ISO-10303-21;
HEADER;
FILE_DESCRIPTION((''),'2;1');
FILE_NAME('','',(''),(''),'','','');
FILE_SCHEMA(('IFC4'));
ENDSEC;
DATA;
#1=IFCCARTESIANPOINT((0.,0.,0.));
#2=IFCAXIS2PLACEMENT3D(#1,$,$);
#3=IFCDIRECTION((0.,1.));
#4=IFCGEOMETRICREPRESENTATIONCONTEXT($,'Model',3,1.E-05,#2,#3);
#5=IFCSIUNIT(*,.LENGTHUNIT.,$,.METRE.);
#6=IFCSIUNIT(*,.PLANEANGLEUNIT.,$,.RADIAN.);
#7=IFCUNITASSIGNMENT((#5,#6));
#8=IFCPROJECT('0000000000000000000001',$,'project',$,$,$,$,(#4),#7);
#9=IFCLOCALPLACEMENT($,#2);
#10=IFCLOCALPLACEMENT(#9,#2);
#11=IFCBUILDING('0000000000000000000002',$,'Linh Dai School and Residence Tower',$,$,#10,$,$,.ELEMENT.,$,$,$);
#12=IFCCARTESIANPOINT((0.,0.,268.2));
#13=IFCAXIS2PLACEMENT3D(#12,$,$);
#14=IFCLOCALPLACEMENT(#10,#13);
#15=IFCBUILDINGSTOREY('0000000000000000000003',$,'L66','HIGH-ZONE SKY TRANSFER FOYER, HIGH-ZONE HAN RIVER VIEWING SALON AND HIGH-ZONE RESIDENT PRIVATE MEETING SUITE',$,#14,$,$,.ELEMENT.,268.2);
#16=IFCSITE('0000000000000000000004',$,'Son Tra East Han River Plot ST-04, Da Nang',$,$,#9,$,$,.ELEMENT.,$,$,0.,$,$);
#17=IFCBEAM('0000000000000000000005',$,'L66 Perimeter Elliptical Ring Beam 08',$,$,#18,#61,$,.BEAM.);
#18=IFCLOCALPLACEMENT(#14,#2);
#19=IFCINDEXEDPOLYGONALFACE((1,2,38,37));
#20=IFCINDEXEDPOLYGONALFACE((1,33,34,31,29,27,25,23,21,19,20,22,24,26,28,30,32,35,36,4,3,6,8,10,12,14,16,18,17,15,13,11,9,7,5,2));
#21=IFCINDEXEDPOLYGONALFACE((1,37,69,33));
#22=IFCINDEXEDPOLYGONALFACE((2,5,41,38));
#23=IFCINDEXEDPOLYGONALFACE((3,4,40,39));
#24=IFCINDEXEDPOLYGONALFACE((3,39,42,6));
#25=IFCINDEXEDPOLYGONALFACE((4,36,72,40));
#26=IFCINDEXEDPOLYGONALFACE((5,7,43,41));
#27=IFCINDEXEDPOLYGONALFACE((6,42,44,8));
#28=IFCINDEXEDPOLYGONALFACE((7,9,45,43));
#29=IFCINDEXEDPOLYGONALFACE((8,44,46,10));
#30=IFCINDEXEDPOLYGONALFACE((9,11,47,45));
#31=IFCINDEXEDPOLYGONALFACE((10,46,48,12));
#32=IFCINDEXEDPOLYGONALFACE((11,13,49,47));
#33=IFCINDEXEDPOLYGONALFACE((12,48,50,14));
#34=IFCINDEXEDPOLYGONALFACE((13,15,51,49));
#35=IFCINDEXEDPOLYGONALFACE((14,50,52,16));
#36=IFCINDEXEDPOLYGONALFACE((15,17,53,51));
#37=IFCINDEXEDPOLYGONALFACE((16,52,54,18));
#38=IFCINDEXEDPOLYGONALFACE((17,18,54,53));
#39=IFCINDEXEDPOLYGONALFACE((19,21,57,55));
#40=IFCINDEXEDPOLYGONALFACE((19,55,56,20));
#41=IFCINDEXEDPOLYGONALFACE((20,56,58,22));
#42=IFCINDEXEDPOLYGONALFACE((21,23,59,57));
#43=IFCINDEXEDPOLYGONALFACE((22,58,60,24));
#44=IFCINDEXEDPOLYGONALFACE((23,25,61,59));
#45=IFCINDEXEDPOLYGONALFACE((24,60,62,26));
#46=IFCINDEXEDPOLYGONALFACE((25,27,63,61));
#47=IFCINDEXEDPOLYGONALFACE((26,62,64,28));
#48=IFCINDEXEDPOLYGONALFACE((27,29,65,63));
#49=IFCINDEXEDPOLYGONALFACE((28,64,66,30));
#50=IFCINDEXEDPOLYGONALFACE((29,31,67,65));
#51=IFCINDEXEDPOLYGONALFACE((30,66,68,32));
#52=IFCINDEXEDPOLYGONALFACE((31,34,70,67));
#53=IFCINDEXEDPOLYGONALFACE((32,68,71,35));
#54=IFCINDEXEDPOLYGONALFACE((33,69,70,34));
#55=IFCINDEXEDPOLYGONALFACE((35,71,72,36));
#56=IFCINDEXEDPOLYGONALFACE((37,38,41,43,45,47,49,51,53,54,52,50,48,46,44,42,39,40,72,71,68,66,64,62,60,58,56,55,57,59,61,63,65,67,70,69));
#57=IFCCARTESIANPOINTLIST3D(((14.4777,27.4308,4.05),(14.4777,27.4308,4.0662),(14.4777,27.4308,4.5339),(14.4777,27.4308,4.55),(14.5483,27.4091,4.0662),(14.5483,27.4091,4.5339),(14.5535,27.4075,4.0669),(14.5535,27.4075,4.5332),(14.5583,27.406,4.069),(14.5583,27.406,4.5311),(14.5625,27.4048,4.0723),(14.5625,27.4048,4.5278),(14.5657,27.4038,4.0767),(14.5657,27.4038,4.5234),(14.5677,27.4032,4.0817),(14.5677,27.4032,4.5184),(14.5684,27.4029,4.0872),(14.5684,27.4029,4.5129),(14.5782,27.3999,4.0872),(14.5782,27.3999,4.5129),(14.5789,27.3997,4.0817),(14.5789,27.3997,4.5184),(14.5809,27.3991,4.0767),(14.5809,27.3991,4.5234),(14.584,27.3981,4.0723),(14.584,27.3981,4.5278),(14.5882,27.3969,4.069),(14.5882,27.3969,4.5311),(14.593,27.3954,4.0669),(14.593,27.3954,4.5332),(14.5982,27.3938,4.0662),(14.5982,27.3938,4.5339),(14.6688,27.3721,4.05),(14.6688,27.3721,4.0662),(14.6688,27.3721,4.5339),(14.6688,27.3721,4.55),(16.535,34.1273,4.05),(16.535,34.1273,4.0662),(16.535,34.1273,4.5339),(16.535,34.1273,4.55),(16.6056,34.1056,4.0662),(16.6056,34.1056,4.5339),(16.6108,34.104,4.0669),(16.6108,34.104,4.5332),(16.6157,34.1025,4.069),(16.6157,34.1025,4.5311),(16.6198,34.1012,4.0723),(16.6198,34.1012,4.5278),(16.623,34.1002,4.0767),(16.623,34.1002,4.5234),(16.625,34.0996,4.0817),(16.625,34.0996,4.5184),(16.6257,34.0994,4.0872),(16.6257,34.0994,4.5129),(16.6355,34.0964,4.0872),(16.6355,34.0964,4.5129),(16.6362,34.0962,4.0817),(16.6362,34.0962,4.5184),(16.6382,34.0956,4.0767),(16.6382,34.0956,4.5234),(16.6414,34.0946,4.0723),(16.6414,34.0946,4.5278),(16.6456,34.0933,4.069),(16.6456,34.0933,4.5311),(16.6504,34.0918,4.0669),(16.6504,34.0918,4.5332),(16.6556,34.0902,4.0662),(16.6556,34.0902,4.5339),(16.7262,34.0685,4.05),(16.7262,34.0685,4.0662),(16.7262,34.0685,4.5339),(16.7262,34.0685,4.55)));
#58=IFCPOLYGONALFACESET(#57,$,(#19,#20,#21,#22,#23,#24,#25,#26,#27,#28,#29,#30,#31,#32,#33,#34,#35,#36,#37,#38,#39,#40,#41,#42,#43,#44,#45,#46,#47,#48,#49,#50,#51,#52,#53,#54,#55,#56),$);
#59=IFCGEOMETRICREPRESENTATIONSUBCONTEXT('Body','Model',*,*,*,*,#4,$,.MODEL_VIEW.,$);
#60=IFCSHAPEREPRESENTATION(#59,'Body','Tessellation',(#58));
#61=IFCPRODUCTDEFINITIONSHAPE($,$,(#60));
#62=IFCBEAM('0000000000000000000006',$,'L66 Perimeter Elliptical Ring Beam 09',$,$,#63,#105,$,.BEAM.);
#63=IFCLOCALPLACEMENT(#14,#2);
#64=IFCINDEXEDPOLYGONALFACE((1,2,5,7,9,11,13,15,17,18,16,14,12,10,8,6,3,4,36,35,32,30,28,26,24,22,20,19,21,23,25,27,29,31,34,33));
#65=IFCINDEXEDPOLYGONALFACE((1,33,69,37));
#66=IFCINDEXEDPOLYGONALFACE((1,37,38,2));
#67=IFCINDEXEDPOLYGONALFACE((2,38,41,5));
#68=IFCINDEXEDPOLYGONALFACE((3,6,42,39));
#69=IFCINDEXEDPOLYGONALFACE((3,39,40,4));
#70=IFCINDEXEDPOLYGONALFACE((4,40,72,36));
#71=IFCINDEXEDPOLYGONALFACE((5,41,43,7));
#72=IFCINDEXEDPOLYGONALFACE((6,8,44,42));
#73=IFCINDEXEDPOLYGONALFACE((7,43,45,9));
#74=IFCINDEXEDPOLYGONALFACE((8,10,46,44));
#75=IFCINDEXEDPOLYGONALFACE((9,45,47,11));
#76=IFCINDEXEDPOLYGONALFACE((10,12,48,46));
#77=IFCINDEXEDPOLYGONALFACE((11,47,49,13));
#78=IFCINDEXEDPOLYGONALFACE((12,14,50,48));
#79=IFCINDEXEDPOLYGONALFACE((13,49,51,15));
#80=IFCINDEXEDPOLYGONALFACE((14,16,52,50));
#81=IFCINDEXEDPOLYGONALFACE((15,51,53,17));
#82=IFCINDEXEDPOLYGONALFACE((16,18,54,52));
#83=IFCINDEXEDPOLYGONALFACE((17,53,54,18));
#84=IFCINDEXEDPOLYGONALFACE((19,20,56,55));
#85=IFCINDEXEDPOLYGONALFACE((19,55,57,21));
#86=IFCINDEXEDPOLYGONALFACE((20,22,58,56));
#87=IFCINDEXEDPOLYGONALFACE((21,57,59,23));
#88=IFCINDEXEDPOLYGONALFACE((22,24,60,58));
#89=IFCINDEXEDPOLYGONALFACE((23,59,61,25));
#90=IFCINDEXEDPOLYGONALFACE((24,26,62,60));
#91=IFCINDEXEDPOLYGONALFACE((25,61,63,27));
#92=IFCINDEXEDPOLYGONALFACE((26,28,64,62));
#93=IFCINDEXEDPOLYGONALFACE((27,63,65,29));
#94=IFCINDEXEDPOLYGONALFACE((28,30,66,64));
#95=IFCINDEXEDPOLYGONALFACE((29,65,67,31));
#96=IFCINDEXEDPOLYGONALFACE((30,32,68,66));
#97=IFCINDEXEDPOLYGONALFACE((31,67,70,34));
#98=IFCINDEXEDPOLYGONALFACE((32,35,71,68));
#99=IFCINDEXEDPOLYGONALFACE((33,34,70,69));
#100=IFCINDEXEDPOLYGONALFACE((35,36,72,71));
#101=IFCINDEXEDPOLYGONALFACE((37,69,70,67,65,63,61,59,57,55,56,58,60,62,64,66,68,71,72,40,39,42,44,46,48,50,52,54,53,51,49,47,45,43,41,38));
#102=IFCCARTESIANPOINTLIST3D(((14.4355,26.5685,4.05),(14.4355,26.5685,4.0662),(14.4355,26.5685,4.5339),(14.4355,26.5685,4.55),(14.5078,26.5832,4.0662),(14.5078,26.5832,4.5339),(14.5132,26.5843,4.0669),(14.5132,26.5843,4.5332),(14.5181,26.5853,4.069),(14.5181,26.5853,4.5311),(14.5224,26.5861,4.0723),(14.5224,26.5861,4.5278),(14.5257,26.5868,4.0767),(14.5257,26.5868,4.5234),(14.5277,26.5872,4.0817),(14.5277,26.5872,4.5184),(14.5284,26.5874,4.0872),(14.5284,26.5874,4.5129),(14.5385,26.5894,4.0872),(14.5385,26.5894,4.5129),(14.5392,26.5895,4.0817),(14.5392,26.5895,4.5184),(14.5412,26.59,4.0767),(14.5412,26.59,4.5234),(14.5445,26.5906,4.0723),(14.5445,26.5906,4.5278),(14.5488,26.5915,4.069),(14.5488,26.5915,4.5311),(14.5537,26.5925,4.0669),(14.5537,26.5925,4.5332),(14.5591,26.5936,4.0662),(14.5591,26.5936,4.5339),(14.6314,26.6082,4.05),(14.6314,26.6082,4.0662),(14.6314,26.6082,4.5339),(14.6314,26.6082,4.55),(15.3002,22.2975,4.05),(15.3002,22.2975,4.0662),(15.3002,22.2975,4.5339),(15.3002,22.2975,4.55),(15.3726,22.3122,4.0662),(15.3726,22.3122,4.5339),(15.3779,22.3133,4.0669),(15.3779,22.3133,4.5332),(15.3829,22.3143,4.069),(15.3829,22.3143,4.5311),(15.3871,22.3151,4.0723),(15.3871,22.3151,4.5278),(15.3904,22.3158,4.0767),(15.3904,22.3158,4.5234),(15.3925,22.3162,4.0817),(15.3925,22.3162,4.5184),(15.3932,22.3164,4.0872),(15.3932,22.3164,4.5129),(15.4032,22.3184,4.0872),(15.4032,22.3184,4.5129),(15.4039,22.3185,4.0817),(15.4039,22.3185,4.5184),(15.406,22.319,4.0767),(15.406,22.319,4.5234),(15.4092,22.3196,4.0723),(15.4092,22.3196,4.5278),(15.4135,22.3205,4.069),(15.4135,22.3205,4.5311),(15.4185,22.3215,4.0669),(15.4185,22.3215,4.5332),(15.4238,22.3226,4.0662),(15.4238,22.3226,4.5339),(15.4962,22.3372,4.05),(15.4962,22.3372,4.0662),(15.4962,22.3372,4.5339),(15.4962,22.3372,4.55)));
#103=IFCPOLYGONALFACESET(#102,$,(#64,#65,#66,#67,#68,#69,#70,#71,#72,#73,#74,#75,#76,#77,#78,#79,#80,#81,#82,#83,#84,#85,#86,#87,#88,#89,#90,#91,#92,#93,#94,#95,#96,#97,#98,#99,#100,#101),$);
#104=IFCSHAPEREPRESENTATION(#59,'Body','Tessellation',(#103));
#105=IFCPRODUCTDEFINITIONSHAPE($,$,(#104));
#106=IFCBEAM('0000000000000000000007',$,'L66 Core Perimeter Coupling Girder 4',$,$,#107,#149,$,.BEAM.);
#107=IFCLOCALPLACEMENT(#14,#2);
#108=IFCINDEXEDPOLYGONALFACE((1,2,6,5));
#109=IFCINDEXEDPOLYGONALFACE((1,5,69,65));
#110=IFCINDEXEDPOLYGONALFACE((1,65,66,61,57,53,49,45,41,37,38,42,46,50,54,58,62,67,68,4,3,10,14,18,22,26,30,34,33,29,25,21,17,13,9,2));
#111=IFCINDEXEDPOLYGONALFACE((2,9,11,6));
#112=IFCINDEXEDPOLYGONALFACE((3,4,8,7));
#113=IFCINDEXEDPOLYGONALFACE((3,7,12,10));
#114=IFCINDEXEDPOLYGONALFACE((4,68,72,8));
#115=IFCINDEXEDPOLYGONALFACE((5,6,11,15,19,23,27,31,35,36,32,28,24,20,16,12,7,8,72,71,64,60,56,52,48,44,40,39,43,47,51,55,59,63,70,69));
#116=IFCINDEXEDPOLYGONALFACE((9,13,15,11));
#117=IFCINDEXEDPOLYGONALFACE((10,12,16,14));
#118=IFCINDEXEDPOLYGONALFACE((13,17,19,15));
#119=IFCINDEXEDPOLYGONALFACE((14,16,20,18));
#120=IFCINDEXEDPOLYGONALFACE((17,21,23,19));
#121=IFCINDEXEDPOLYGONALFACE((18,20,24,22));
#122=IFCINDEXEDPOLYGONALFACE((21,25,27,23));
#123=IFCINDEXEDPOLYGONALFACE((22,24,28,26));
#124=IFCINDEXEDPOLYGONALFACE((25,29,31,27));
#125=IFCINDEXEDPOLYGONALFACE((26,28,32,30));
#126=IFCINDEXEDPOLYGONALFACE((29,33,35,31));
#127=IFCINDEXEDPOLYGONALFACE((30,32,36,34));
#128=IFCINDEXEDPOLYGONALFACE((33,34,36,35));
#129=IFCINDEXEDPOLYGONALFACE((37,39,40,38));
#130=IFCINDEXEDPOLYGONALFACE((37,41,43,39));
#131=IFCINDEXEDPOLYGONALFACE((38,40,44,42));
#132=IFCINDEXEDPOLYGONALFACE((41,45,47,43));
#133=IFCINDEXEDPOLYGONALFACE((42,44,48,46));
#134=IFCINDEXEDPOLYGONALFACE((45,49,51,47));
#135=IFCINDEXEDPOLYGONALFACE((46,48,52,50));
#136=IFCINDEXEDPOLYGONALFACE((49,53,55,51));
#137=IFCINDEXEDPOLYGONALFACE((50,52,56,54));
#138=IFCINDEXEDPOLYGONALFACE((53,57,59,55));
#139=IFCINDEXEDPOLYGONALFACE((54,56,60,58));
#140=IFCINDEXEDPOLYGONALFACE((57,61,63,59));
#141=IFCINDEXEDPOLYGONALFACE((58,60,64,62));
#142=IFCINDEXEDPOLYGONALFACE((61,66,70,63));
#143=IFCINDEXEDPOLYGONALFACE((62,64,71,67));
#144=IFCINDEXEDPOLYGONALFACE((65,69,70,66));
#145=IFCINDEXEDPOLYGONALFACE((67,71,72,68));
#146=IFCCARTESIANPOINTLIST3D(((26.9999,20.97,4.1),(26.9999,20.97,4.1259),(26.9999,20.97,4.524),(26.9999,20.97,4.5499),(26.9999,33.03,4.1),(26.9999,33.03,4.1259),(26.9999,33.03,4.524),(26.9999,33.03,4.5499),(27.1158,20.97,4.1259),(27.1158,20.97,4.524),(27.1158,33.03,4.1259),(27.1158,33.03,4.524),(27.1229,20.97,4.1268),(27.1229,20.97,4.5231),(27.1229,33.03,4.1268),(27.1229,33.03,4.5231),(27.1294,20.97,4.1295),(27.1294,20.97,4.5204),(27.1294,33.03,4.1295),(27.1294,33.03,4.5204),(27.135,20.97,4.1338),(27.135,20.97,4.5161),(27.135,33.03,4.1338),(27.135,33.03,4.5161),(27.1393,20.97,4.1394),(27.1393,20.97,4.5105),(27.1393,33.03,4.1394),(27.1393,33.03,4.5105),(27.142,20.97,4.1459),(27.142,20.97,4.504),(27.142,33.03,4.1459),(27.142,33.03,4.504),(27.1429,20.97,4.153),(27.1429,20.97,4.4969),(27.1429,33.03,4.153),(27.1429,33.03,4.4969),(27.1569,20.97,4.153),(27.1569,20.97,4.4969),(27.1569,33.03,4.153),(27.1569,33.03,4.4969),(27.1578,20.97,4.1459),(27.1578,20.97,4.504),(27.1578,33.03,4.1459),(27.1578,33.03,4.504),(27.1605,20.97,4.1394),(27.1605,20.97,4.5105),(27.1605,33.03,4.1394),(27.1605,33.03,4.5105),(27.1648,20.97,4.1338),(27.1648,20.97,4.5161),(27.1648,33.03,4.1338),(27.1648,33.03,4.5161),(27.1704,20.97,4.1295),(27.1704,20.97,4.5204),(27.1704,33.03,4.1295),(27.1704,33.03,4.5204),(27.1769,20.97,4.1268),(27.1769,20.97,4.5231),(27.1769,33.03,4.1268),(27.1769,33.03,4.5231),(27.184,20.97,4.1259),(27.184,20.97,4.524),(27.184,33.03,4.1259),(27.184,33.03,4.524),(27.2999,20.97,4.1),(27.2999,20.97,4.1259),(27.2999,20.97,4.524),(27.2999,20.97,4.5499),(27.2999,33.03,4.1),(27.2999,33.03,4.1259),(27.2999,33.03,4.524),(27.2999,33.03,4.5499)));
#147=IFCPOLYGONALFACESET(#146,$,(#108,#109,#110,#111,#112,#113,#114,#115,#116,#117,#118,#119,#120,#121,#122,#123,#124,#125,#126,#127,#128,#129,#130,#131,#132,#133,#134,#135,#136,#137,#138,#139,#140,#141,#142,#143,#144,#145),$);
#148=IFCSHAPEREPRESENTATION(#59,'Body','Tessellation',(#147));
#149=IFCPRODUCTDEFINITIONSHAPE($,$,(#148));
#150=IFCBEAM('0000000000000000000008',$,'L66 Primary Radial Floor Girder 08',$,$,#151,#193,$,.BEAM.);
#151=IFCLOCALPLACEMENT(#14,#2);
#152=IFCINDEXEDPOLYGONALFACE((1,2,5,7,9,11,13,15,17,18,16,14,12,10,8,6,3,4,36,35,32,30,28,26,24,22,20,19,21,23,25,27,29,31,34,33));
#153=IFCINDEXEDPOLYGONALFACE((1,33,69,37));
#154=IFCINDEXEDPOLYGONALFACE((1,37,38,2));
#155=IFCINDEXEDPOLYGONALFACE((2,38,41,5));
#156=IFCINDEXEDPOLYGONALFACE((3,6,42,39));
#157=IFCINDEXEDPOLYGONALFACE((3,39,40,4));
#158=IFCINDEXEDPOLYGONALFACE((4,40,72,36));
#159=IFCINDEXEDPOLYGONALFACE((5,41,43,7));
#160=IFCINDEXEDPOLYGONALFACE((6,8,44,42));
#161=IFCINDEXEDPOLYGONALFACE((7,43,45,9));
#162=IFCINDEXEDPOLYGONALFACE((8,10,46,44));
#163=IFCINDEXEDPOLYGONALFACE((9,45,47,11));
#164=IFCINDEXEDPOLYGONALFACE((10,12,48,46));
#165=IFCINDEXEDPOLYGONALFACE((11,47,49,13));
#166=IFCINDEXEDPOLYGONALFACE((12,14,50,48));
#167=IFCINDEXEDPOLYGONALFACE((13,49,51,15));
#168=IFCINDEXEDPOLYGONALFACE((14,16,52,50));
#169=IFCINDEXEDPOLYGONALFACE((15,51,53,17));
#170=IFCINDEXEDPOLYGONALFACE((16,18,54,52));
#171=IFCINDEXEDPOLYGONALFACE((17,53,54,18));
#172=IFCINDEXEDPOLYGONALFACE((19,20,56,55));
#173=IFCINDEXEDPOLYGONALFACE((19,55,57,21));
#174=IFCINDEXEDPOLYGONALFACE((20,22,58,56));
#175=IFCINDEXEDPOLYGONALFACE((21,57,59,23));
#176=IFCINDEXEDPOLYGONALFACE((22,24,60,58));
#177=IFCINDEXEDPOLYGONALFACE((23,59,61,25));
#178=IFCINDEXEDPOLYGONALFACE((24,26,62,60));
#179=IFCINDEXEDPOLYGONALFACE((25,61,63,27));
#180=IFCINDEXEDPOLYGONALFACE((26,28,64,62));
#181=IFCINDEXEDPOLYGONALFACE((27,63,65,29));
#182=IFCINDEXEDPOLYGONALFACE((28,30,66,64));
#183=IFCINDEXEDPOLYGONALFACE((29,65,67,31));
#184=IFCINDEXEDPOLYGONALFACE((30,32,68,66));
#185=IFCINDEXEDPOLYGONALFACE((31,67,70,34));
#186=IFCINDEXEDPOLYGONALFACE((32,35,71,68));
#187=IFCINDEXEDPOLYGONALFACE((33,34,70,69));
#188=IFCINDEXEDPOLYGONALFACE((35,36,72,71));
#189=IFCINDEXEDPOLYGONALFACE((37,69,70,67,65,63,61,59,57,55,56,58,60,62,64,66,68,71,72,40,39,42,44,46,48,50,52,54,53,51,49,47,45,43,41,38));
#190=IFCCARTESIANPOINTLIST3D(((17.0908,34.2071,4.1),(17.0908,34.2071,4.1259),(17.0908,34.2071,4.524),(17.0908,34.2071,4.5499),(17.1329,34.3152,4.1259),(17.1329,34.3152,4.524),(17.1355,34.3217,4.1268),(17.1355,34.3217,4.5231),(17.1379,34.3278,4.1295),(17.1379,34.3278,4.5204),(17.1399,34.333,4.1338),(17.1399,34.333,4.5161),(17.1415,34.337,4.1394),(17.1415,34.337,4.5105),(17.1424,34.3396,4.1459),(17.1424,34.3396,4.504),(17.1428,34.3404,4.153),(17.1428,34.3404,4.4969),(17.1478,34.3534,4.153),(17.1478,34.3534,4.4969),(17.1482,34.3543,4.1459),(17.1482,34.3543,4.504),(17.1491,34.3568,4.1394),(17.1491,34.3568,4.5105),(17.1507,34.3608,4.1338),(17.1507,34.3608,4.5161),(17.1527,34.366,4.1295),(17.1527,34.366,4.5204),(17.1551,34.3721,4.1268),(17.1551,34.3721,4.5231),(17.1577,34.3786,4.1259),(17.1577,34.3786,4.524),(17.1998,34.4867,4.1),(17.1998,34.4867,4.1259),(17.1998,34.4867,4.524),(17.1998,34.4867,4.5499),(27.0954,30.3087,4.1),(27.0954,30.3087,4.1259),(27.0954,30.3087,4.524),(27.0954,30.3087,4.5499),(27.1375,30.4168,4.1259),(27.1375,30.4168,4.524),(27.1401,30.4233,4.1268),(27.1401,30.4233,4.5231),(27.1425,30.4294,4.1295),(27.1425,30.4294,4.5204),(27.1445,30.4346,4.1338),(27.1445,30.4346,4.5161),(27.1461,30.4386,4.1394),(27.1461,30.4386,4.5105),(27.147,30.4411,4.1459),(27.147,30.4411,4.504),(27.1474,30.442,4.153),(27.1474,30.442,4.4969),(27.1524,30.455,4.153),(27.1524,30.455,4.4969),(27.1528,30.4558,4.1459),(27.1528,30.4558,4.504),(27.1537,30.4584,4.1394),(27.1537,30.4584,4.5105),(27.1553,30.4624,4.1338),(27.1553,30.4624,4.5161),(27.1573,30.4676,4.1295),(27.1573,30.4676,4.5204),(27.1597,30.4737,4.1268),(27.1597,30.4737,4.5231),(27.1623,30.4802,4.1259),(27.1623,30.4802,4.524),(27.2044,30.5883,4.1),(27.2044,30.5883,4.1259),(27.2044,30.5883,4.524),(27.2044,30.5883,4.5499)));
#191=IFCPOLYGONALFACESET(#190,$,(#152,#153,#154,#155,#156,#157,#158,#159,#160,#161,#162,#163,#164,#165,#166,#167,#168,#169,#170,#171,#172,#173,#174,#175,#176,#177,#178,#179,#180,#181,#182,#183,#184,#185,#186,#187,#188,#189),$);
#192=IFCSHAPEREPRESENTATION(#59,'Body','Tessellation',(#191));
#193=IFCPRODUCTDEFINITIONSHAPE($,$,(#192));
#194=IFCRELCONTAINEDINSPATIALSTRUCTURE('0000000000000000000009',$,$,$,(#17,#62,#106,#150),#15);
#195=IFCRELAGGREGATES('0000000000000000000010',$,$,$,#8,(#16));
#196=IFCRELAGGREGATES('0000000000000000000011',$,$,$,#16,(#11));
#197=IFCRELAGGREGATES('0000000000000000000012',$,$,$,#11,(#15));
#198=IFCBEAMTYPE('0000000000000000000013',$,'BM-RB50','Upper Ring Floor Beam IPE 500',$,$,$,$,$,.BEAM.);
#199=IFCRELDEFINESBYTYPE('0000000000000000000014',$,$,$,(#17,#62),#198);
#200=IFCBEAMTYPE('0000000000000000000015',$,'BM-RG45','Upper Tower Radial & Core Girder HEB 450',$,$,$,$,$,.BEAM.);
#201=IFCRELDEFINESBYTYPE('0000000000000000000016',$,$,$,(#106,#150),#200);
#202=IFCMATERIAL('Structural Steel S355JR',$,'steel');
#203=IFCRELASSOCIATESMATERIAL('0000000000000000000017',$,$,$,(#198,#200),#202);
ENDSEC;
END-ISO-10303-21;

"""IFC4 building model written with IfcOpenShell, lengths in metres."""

from ifc_helpers import new_model, si_unit, direction, frame, origin, origin_2d, place, context, subcontext, project, spatial, i_section, extrude, material, material_profile, profile_set, type_object, element, save


model = new_model("IFC4")

# Units and contexts
model_context = context("Model", 3, precision=1e-05, world=origin(), true_north=direction((0.0, 1.0)))
body_context = subcontext(model_context, "Body", "Model", "MODEL_VIEW")
ifc_project = project(units=[si_unit("LENGTHUNIT", "METRE"), si_unit("PLANEANGLEUNIT", "RADIAN")], contexts=[model_context])

# Site, building, storey
site_placement = place(None, origin())
site = spatial("IfcSite", under=ifc_project, at=site_placement, Name="Son Tra East Han River Plot ST-04, Da Nang", CompositionType="ELEMENT", RefElevation=0.0)
building_placement = place(site_placement, origin())
building = spatial("IfcBuilding", under=site, at=building_placement, Name="Linh Dai School and Residence Tower", CompositionType="ELEMENT")
storey_placement = place(building_placement, frame((0.0, 0.0, 268.2)))
storey = spatial("IfcBuildingStorey", under=building, at=storey_placement, Name="L66", Description="HIGH-ZONE SKY TRANSFER FOYER, HIGH-ZONE HAN RIVER VIEWING SALON AND HIGH-ZONE RESIDENT PRIVATE MEETING SUITE", CompositionType="ELEMENT", Elevation=268.2)

# Shared definitions
ifc_material_1 = material(Name="Structural Steel S355JR", Category="steel")

# Beams
ifc_material_profile_1 = material_profile(ifc_material_1, i_section(OverallWidth=0.2, OverallDepth=0.5, WebThickness=0.0103, FlangeThickness=0.0161, FilletRadius=0.021, at=origin_2d()), Name="IPE 500")
ifc_profile_set_1 = profile_set([ifc_material_profile_1], Name="Structural Steel S355JR")
beam_type_1 = type_object("IfcBeamType", Name="BM-RB50", Description="Upper Ring Floor Beam IPE 500", PredefinedType="BEAM", material=ifc_profile_set_1)
beam_1_placement = place(storey_placement, frame((16.6306, 34.0979, 4.3), z_axis=(-0.293682, -0.955903, 0.0), x_axis=(0.955903, -0.293682, 0.0)))
element("IfcBeam", 1, at=beam_1_placement, inside=storey, type_object=beam_type_1, Name="L66 Perimeter Elliptical Ring Beam 08", PredefinedType="BEAM", context=body_context, shape_type="SweptSolid", body=[
    extrude(i_section(OverallWidth=0.2, OverallDepth=0.5, WebThickness=0.0103, FlangeThickness=0.0161, FilletRadius=0.021, at=origin_2d()), origin(), (0.0, 0.0, 1.0), 7.0054),
])
beam_2_placement = place(storey_placement, frame((14.5334, 26.5884, 4.3), z_axis=(0.198443, -0.980112, 0.0), x_axis=(0.980112, 0.198443, 0.0)))
element("IfcBeam", 2, at=beam_2_placement, inside=storey, type_object=beam_type_1, Name="L66 Perimeter Elliptical Ring Beam 09", PredefinedType="BEAM", context=body_context, shape_type="SweptSolid", body=[
    extrude(i_section(OverallWidth=0.2, OverallDepth=0.5, WebThickness=0.0103, FlangeThickness=0.0161, FilletRadius=0.021, at=origin_2d()), origin(), (0.0, 0.0, 1.0), 4.3577),
])
ifc_material_profile_2 = material_profile(ifc_material_1, i_section(OverallWidth=0.3, OverallDepth=0.45, WebThickness=0.0139, FlangeThickness=0.0259, FilletRadius=0.0271, at=origin_2d()), Name="HEB 450")
ifc_profile_set_2 = profile_set([ifc_material_profile_2], Name="Structural Steel S355JR")
beam_type_2 = type_object("IfcBeamType", Name="BM-RG45", Description="Upper Tower Radial & Core Girder HEB 450", PredefinedType="BEAM", material=ifc_profile_set_2)
beam_3_placement = place(storey_placement, frame((27.1499, 33.03, 4.325), z_axis=(0.0, -1.0, 0.0), x_axis=(1.0, 0.0, 0.0)))
element("IfcBeam", 3, at=beam_3_placement, inside=storey, type_object=beam_type_2, Name="L66 Core Perimeter Coupling Girder 4", PredefinedType="BEAM", context=body_context, shape_type="SweptSolid", body=[
    extrude(i_section(OverallWidth=0.3, OverallDepth=0.45, WebThickness=0.0139, FlangeThickness=0.0259, FilletRadius=0.0271, at=origin_2d()), origin(), (0.0, 0.0, 1.0), 12.0601),
])
beam_4_placement = place(storey_placement, frame((27.1499, 30.4485, 4.325), z_axis=(-0.931761, 0.363073, 0.0), x_axis=(-0.363073, -0.931761, 0.0)))
element("IfcBeam", 4, at=beam_4_placement, inside=storey, type_object=beam_type_2, Name="L66 Primary Radial Floor Girder 08", PredefinedType="BEAM", context=body_context, shape_type="SweptSolid", body=[
    extrude(i_section(OverallWidth=0.3, OverallDepth=0.45, WebThickness=0.0139, FlangeThickness=0.0259, FilletRadius=0.0271, at=origin_2d()), origin(), (0.0, 0.0, 1.0), 10.7373),
])

save(model, "model.ifc")
